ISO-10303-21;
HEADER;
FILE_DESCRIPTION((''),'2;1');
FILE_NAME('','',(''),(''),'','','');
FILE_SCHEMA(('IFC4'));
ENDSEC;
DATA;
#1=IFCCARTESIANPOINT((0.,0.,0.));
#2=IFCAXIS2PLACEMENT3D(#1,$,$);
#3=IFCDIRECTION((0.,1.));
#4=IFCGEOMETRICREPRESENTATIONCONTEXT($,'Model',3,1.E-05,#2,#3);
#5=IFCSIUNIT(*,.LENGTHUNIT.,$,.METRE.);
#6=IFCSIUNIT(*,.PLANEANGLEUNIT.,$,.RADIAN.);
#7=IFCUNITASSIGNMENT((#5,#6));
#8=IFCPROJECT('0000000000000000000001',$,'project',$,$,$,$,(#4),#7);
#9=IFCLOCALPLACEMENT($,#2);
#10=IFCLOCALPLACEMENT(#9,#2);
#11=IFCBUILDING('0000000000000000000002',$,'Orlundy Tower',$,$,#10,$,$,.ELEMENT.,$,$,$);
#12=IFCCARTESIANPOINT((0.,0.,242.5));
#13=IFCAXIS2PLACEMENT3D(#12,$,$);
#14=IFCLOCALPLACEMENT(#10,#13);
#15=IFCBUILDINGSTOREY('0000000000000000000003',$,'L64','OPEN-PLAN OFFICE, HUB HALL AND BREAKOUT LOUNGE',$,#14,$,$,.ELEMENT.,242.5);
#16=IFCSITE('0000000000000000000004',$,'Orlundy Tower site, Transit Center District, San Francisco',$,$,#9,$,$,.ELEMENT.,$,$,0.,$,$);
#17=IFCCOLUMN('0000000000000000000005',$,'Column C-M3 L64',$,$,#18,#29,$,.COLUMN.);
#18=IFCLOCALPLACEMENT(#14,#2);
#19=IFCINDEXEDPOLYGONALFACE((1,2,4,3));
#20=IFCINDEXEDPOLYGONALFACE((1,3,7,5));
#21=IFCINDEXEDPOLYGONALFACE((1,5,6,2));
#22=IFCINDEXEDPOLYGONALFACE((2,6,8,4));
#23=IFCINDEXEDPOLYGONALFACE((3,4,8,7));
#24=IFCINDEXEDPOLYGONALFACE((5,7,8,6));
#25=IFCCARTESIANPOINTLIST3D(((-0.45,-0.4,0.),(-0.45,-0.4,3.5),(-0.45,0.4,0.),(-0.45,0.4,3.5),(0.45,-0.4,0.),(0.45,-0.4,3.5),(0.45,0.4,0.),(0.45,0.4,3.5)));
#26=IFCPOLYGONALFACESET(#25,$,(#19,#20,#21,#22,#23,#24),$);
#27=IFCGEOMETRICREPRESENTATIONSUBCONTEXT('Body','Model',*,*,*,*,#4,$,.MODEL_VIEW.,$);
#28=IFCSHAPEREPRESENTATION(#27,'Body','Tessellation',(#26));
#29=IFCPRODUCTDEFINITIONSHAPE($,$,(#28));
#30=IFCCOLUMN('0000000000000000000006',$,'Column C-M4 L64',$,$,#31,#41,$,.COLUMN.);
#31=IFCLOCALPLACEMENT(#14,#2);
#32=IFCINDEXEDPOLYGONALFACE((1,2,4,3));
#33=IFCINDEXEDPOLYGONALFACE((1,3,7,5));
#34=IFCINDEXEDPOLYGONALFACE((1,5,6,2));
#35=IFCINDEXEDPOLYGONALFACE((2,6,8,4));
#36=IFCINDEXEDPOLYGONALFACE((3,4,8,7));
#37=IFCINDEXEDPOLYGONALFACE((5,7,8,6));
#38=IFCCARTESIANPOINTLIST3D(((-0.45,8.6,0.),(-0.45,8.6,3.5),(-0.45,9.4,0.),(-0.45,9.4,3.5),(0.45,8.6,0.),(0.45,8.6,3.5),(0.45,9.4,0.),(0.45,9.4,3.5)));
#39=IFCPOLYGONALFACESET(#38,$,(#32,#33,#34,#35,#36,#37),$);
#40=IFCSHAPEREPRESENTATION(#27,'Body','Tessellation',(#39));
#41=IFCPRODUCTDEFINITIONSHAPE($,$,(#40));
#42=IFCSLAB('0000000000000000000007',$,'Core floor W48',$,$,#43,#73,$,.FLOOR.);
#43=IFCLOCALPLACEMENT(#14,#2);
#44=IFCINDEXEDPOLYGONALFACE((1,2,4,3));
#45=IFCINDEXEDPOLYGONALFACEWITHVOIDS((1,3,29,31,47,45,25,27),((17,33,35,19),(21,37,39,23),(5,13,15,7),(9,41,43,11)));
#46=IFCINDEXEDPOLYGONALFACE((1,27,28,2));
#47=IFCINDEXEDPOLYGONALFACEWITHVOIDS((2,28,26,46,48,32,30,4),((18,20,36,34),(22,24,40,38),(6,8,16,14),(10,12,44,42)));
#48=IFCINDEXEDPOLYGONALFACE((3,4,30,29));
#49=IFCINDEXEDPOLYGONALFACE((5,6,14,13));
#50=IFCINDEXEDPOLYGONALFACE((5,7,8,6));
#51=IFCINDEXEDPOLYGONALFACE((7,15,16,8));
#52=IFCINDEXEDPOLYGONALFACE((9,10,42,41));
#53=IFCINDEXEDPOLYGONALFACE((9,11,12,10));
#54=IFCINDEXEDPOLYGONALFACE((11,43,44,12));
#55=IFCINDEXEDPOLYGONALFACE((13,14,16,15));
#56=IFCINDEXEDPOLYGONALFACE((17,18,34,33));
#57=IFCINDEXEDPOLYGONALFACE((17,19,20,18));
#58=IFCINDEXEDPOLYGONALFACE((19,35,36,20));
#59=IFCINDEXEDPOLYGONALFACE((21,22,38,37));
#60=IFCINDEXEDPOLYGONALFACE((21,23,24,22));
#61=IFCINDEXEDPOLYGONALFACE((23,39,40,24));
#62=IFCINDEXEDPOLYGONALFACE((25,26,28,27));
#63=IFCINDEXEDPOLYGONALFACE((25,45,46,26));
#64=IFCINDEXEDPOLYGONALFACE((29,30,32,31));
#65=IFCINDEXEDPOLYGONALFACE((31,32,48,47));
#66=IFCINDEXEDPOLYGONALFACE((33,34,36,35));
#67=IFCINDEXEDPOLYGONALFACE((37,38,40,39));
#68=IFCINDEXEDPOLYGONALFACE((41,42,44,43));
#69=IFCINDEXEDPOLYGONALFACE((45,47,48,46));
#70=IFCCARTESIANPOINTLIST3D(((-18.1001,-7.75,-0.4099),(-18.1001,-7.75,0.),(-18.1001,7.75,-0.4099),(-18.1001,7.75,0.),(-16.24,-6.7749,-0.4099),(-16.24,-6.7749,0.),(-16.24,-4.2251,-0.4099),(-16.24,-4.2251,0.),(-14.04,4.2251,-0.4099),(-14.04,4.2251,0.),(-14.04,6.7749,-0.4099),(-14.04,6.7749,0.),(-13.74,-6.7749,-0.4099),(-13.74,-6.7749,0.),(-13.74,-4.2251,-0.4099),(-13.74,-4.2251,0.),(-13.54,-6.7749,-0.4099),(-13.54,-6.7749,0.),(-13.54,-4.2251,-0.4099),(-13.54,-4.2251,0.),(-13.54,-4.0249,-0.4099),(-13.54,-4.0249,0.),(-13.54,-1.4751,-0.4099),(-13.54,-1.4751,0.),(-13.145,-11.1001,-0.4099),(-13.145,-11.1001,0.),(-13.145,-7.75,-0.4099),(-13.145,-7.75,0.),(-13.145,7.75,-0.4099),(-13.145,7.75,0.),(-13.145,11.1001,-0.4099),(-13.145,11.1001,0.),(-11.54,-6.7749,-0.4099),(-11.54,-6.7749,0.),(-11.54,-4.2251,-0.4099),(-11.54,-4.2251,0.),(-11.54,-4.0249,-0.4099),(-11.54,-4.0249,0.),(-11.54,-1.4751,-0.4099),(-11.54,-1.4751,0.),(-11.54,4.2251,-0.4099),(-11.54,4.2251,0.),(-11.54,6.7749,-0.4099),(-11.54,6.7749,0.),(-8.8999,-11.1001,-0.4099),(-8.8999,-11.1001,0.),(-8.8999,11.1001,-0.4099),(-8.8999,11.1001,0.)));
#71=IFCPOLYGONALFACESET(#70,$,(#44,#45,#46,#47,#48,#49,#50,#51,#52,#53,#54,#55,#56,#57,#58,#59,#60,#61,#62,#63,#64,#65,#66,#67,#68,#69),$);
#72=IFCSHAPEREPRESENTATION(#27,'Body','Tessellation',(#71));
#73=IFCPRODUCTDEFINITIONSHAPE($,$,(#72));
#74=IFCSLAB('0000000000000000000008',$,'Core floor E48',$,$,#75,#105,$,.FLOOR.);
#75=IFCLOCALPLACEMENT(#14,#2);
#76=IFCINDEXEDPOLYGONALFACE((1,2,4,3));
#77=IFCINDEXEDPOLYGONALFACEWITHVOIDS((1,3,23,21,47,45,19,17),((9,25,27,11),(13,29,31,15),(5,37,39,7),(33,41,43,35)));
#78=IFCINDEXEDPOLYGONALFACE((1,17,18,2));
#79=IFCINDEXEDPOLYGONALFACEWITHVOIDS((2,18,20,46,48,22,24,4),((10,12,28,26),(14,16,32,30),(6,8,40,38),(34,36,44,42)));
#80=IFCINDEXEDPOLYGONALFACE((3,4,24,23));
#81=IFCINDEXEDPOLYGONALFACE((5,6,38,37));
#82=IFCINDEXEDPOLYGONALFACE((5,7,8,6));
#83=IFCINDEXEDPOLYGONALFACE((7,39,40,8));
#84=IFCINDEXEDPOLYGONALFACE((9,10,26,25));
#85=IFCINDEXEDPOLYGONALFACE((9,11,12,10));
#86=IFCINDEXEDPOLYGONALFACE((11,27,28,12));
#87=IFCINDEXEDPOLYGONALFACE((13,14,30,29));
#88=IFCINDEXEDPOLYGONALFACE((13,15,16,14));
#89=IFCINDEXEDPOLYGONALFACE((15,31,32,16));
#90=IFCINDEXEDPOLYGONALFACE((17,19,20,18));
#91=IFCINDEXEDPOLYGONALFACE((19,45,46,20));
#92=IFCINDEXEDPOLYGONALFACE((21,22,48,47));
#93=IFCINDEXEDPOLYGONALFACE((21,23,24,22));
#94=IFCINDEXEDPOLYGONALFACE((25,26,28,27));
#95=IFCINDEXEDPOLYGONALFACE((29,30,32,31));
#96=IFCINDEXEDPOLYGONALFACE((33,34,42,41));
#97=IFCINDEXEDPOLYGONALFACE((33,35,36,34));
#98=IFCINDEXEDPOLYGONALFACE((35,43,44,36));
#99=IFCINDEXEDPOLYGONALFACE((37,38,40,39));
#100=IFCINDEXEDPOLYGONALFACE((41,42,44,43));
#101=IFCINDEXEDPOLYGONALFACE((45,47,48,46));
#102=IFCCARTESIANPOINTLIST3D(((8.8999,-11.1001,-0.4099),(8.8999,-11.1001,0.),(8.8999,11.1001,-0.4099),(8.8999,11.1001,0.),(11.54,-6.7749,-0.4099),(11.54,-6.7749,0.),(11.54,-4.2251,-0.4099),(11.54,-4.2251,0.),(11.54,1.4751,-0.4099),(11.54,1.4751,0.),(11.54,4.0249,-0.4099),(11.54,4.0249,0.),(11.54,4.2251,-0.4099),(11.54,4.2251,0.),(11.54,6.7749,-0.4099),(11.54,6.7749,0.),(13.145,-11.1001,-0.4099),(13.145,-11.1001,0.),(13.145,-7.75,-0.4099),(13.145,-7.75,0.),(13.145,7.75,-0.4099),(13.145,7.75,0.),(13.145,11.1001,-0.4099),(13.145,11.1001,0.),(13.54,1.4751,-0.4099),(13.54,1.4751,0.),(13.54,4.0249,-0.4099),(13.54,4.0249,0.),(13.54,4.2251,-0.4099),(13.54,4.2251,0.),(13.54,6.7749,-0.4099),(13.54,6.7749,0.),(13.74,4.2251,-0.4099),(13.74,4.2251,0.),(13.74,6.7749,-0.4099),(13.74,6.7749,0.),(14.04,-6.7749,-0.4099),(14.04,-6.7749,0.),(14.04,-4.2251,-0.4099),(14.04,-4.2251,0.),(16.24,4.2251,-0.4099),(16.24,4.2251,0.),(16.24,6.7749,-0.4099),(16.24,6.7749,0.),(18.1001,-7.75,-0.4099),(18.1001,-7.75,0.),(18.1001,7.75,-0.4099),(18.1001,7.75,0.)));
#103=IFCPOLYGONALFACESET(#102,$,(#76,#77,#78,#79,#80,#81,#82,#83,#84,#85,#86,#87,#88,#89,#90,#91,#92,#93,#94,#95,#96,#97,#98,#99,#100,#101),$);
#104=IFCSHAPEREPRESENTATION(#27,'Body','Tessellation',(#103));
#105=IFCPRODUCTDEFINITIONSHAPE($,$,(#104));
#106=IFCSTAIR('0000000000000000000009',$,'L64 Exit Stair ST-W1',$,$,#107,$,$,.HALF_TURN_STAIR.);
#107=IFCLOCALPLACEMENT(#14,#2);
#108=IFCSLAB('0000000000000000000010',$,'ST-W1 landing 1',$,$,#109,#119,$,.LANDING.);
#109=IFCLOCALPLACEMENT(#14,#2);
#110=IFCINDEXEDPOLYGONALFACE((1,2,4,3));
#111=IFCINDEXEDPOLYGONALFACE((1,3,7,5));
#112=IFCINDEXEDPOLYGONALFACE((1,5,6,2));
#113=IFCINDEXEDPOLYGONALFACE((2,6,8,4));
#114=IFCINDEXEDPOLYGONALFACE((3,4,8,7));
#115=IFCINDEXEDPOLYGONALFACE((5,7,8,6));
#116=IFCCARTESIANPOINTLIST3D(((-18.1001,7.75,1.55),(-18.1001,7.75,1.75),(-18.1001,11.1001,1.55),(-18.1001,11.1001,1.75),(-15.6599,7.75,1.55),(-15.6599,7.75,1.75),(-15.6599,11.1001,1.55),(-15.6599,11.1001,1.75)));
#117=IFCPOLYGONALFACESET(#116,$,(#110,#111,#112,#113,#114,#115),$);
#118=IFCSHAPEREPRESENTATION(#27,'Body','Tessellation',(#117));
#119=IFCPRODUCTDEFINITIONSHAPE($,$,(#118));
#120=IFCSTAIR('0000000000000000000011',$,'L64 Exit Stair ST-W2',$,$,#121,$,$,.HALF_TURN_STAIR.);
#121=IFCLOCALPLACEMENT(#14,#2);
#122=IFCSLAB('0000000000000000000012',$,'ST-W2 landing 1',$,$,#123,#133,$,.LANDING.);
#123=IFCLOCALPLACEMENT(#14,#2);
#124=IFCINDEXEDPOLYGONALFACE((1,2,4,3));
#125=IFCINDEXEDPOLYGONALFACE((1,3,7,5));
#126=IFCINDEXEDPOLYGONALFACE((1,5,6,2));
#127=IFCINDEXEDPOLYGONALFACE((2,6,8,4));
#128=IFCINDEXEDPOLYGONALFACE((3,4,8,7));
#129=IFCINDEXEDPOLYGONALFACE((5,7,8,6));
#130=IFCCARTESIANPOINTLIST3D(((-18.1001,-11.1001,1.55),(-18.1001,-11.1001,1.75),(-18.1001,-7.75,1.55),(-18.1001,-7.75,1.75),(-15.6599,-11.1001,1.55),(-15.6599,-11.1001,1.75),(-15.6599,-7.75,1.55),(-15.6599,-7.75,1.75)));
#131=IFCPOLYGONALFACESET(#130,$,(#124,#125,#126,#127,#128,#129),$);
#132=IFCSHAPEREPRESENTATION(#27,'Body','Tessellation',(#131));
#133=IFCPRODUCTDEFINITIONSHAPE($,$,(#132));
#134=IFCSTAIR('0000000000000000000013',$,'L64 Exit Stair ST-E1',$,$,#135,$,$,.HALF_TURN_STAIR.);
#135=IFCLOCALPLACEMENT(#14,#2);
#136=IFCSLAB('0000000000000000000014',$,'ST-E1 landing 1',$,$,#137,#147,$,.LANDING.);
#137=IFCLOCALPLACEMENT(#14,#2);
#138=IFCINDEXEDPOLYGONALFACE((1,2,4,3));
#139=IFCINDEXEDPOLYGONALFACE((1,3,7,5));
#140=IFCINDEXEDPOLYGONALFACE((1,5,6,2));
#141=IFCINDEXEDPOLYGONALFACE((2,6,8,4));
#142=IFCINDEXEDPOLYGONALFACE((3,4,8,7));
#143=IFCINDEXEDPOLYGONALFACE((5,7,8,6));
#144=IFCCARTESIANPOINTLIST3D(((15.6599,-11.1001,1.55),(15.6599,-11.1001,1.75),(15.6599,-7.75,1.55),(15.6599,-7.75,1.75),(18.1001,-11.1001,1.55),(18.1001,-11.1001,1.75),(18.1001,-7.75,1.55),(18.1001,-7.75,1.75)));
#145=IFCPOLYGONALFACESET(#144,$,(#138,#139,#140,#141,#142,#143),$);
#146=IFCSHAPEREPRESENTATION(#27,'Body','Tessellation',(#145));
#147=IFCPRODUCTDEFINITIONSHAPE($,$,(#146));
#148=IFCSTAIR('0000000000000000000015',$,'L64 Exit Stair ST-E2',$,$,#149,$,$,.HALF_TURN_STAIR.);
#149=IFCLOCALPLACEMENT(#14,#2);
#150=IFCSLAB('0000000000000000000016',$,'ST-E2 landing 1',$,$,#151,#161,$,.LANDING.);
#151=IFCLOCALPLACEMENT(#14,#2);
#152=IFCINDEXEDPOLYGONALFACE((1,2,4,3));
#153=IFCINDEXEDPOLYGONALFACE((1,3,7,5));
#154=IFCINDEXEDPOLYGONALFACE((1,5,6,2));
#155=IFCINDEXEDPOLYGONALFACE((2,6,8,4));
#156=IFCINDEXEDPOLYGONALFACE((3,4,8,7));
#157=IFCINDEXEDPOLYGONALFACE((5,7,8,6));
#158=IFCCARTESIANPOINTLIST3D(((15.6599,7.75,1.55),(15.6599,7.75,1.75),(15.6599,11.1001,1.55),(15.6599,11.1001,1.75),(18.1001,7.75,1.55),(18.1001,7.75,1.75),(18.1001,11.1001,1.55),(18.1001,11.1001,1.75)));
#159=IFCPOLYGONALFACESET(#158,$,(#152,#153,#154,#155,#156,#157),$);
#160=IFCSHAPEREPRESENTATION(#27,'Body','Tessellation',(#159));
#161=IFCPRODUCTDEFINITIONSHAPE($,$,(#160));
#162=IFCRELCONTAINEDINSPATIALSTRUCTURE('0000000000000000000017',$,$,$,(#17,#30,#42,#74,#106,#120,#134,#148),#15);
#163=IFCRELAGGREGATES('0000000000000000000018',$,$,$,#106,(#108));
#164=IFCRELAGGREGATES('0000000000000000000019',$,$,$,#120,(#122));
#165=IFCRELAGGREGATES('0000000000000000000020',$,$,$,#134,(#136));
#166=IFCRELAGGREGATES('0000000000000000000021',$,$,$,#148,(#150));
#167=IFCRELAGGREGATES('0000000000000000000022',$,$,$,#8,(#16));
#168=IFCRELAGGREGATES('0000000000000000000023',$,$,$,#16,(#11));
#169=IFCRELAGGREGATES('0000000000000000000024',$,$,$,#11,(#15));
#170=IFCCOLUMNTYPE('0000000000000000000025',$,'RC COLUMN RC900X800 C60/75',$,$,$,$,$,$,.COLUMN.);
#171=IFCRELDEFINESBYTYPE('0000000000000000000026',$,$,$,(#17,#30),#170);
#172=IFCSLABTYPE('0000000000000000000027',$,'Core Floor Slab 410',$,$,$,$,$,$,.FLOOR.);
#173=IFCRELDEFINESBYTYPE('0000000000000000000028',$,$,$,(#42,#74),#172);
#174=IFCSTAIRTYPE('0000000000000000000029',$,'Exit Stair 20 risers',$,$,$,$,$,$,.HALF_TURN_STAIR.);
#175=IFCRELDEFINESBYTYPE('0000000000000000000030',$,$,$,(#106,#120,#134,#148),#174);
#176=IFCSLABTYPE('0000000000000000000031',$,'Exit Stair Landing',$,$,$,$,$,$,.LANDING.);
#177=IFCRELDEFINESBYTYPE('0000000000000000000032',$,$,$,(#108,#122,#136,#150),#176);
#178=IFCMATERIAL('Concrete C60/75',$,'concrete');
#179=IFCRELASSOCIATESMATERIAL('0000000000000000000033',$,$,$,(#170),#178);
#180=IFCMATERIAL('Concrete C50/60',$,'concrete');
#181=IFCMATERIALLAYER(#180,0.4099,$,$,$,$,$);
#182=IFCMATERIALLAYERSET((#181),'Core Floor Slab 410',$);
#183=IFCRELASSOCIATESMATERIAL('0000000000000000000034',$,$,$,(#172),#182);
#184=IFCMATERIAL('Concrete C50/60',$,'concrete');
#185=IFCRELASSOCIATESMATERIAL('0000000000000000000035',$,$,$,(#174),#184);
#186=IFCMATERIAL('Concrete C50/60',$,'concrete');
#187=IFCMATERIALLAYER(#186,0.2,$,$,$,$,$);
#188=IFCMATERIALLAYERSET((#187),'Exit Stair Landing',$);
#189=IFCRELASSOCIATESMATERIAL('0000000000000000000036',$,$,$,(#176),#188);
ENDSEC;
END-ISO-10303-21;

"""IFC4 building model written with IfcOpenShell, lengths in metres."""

from ifc_helpers import new_model, si_unit, direction, frame, origin, origin_2d, place, context, subcontext, project, spatial, polyline, rectangle, outline, extrude, material, layer, layer_set, material_profile, profile_set, type_object, element, aggregate, save


model = new_model("IFC4")

# Units and contexts
model_context = context("Model", 3, precision=1e-05, world=origin(), true_north=direction((0.0, 1.0)))
body_context = subcontext(model_context, "Body", "Model", "MODEL_VIEW")
ifc_project = project(units=[si_unit("LENGTHUNIT", "METRE"), si_unit("PLANEANGLEUNIT", "RADIAN")], contexts=[model_context])

# Site, building, storey
site_placement = place(None, origin())
site = spatial("IfcSite", under=ifc_project, at=site_placement, Name="Orlundy Tower site, Transit Center District, San Francisco", CompositionType="ELEMENT", RefElevation=0.0)
building_placement = place(site_placement, origin())
building = spatial("IfcBuilding", under=site, at=building_placement, Name="Orlundy Tower", CompositionType="ELEMENT")
storey_placement = place(building_placement, frame((0.0, 0.0, 242.5)))
storey = spatial("IfcBuildingStorey", under=building, at=storey_placement, Name="L64", Description="OPEN-PLAN OFFICE, HUB HALL AND BREAKOUT LOUNGE", CompositionType="ELEMENT", Elevation=242.5)

# Columns
ifc_material_1 = material(Name="Concrete C60/75", Category="concrete")
ifc_material_profile = material_profile(ifc_material_1, rectangle(XDim=0.8999, YDim=0.8, at=origin_2d()), Name="RC900X800")
ifc_profile_set = profile_set([ifc_material_profile], Name="Concrete C60/75")
column_type = type_object("IfcColumnType", Name="RC COLUMN RC900X800 C60/75", PredefinedType="COLUMN", material=ifc_profile_set)
for number, where, z_axis, x_axis, name in (
    (1, (0.0, 0.0, 0.0), (0.0, 0.0, 1.0), (1.0, 0.0, 0.0), "Column C-M3 L64"),
    (2, (0.0, 9.0, 0.0), (0.0, 0.0, 1.0), (1.0, 0.0, 0.0), "Column C-M4 L64"),
):
    element("IfcColumn", number, at=place(storey_placement, frame(where, z_axis=z_axis, x_axis=x_axis)), inside=storey, type_object=column_type, Name=name, PredefinedType="COLUMN", context=body_context, shape_type="SweptSolid", body=[
        extrude(rectangle(XDim=0.8999, YDim=0.8, at=origin_2d()), origin(), (0.0, 0.0, 1.0), 3.5),
    ])

# Slabs
ifc_material_2 = material(Name="Concrete C50/60", Category="concrete")
ifc_layer_1 = layer(ifc_material_2, 0.4099)
ifc_layer_set_1 = layer_set([ifc_layer_1], Name="Core Floor Slab 410")
slab_type_1 = type_object("IfcSlabType", Name="Core Floor Slab 410", PredefinedType="FLOOR", material=ifc_layer_set_1)
slab_1_placement = place(storey_placement, frame((0.0, 0.0, -0.4099)))
element("IfcSlab", 3, at=slab_1_placement, inside=storey, type_object=slab_type_1, Name="Core floor W48", PredefinedType="FLOOR", context=body_context, shape_type="SweptSolid", body=[
    extrude(outline(polyline([(-18.1001, 7.75), (-13.145, 7.75), (-13.145, 11.1001), (-8.8999, 11.1001), (-8.8999, -11.1001), (-13.145, -11.1001), (-13.145, -7.75), (-18.1001, -7.75), (-18.1001, 7.75)]), holes=[polyline([(-13.54, -4.2251), (-13.54, -6.7749), (-11.54, -6.7749), (-11.54, -4.2251), (-13.54, -4.2251)]), polyline([(-13.74, -4.2251), (-16.24, -4.2251), (-16.24, -6.7749), (-13.74, -6.7749), (-13.74, -4.2251)]), polyline([(-11.54, -4.0249), (-11.54, -1.4751), (-13.54, -1.4751), (-13.54, -4.0249), (-11.54, -4.0249)]), polyline([(-14.04, 4.2251), (-11.54, 4.2251), (-11.54, 6.7749), (-14.04, 6.7749), (-14.04, 4.2251)])]), origin(), (0.0, 0.0, 1.0), 0.4099),
])
slab_2_placement = place(storey_placement, frame((0.0, 0.0, -0.4099)))
element("IfcSlab", 4, at=slab_2_placement, inside=storey, type_object=slab_type_1, Name="Core floor E48", PredefinedType="FLOOR", context=body_context, shape_type="SweptSolid", body=[
    extrude(outline(polyline([(18.1001, -7.75), (13.145, -7.75), (13.145, -11.1001), (8.8999, -11.1001), (8.8999, 11.1001), (13.145, 11.1001), (13.145, 7.75), (18.1001, 7.75), (18.1001, -7.75)]), holes=[polyline([(13.54, 4.2251), (13.54, 6.7749), (11.54, 6.7749), (11.54, 4.2251), (13.54, 4.2251)]), polyline([(13.74, 4.2251), (16.24, 4.2251), (16.24, 6.7749), (13.74, 6.7749), (13.74, 4.2251)]), polyline([(11.54, 4.0249), (11.54, 1.4751), (13.54, 1.4751), (13.54, 4.0249), (11.54, 4.0249)]), polyline([(14.04, -4.2251), (11.54, -4.2251), (11.54, -6.7749), (14.04, -6.7749), (14.04, -4.2251)])]), origin(), (0.0, 0.0, 1.0), 0.4099),
])

# Stairs, slabs
ifc_material_3 = material(Name="Concrete C50/60", Category="concrete")
stair_type = type_object("IfcStairType", Name="Exit Stair 20 risers", PredefinedType="HALF_TURN_STAIR", material=ifc_material_3)
stair_1_placement = place(storey_placement, origin())
stair_1 = element("IfcStair", 5, at=stair_1_placement, inside=storey, type_object=stair_type, Name="L64 Exit Stair ST-W1", PredefinedType="HALF_TURN_STAIR")
ifc_material_4 = material(Name="Concrete C50/60", Category="concrete")
ifc_layer_2 = layer(ifc_material_4, 0.2)
ifc_layer_set_2 = layer_set([ifc_layer_2], Name="Exit Stair Landing")
slab_type_2 = type_object("IfcSlabType", Name="Exit Stair Landing", PredefinedType="LANDING", material=ifc_layer_set_2)
slab_3_placement = place(storey_placement, frame((0.0, 0.0, 1.55)))
slab_3 = element("IfcSlab", 6, at=slab_3_placement, type_object=slab_type_2, Name="ST-W1 landing 1", PredefinedType="LANDING", context=body_context, shape_type="SweptSolid", body=[
    extrude(outline(polyline([(-15.6599, 11.1001), (-18.1001, 11.1001), (-18.1001, 7.75), (-15.6599, 7.75), (-15.6599, 11.1001)])), origin(), (0.0, 0.0, 1.0), 0.2),
])
aggregate(stair_1, [slab_3])
stair_2_placement = place(storey_placement, origin())
stair_2 = element("IfcStair", 7, at=stair_2_placement, inside=storey, type_object=stair_type, Name="L64 Exit Stair ST-W2", PredefinedType="HALF_TURN_STAIR")
slab_4_placement = place(storey_placement, frame((0.0, 0.0, 1.55)))
slab_4 = element("IfcSlab", 8, at=slab_4_placement, type_object=slab_type_2, Name="ST-W2 landing 1", PredefinedType="LANDING", context=body_context, shape_type="SweptSolid", body=[
    extrude(outline(polyline([(-15.6599, -7.75), (-18.1001, -7.75), (-18.1001, -11.1001), (-15.6599, -11.1001), (-15.6599, -7.75)])), origin(), (0.0, 0.0, 1.0), 0.2),
])
aggregate(stair_2, [slab_4])
stair_3_placement = place(storey_placement, origin())
stair_3 = element("IfcStair", 9, at=stair_3_placement, inside=storey, type_object=stair_type, Name="L64 Exit Stair ST-E1", PredefinedType="HALF_TURN_STAIR")
slab_5_placement = place(storey_placement, frame((0.0, 0.0, 1.55)))
slab_5 = element("IfcSlab", 10, at=slab_5_placement, type_object=slab_type_2, Name="ST-E1 landing 1", PredefinedType="LANDING", context=body_context, shape_type="SweptSolid", body=[
    extrude(outline(polyline([(15.6599, -11.1001), (18.1001, -11.1001), (18.1001, -7.75), (15.6599, -7.75), (15.6599, -11.1001)])), origin(), (0.0, 0.0, 1.0), 0.2),
])
aggregate(stair_3, [slab_5])
stair_4_placement = place(storey_placement, origin())
stair_4 = element("IfcStair", 11, at=stair_4_placement, inside=storey, type_object=stair_type, Name="L64 Exit Stair ST-E2", PredefinedType="HALF_TURN_STAIR")
slab_6_placement = place(storey_placement, frame((0.0, 0.0, 1.55)))
slab_6 = element("IfcSlab", 12, at=slab_6_placement, type_object=slab_type_2, Name="ST-E2 landing 1", PredefinedType="LANDING", context=body_context, shape_type="SweptSolid", body=[
    extrude(outline(polyline([(15.6599, 7.75), (18.1001, 7.75), (18.1001, 11.1001), (15.6599, 11.1001), (15.6599, 7.75)])), origin(), (0.0, 0.0, 1.0), 0.2),
])
aggregate(stair_4, [slab_6])

save(model, "model.ifc")
